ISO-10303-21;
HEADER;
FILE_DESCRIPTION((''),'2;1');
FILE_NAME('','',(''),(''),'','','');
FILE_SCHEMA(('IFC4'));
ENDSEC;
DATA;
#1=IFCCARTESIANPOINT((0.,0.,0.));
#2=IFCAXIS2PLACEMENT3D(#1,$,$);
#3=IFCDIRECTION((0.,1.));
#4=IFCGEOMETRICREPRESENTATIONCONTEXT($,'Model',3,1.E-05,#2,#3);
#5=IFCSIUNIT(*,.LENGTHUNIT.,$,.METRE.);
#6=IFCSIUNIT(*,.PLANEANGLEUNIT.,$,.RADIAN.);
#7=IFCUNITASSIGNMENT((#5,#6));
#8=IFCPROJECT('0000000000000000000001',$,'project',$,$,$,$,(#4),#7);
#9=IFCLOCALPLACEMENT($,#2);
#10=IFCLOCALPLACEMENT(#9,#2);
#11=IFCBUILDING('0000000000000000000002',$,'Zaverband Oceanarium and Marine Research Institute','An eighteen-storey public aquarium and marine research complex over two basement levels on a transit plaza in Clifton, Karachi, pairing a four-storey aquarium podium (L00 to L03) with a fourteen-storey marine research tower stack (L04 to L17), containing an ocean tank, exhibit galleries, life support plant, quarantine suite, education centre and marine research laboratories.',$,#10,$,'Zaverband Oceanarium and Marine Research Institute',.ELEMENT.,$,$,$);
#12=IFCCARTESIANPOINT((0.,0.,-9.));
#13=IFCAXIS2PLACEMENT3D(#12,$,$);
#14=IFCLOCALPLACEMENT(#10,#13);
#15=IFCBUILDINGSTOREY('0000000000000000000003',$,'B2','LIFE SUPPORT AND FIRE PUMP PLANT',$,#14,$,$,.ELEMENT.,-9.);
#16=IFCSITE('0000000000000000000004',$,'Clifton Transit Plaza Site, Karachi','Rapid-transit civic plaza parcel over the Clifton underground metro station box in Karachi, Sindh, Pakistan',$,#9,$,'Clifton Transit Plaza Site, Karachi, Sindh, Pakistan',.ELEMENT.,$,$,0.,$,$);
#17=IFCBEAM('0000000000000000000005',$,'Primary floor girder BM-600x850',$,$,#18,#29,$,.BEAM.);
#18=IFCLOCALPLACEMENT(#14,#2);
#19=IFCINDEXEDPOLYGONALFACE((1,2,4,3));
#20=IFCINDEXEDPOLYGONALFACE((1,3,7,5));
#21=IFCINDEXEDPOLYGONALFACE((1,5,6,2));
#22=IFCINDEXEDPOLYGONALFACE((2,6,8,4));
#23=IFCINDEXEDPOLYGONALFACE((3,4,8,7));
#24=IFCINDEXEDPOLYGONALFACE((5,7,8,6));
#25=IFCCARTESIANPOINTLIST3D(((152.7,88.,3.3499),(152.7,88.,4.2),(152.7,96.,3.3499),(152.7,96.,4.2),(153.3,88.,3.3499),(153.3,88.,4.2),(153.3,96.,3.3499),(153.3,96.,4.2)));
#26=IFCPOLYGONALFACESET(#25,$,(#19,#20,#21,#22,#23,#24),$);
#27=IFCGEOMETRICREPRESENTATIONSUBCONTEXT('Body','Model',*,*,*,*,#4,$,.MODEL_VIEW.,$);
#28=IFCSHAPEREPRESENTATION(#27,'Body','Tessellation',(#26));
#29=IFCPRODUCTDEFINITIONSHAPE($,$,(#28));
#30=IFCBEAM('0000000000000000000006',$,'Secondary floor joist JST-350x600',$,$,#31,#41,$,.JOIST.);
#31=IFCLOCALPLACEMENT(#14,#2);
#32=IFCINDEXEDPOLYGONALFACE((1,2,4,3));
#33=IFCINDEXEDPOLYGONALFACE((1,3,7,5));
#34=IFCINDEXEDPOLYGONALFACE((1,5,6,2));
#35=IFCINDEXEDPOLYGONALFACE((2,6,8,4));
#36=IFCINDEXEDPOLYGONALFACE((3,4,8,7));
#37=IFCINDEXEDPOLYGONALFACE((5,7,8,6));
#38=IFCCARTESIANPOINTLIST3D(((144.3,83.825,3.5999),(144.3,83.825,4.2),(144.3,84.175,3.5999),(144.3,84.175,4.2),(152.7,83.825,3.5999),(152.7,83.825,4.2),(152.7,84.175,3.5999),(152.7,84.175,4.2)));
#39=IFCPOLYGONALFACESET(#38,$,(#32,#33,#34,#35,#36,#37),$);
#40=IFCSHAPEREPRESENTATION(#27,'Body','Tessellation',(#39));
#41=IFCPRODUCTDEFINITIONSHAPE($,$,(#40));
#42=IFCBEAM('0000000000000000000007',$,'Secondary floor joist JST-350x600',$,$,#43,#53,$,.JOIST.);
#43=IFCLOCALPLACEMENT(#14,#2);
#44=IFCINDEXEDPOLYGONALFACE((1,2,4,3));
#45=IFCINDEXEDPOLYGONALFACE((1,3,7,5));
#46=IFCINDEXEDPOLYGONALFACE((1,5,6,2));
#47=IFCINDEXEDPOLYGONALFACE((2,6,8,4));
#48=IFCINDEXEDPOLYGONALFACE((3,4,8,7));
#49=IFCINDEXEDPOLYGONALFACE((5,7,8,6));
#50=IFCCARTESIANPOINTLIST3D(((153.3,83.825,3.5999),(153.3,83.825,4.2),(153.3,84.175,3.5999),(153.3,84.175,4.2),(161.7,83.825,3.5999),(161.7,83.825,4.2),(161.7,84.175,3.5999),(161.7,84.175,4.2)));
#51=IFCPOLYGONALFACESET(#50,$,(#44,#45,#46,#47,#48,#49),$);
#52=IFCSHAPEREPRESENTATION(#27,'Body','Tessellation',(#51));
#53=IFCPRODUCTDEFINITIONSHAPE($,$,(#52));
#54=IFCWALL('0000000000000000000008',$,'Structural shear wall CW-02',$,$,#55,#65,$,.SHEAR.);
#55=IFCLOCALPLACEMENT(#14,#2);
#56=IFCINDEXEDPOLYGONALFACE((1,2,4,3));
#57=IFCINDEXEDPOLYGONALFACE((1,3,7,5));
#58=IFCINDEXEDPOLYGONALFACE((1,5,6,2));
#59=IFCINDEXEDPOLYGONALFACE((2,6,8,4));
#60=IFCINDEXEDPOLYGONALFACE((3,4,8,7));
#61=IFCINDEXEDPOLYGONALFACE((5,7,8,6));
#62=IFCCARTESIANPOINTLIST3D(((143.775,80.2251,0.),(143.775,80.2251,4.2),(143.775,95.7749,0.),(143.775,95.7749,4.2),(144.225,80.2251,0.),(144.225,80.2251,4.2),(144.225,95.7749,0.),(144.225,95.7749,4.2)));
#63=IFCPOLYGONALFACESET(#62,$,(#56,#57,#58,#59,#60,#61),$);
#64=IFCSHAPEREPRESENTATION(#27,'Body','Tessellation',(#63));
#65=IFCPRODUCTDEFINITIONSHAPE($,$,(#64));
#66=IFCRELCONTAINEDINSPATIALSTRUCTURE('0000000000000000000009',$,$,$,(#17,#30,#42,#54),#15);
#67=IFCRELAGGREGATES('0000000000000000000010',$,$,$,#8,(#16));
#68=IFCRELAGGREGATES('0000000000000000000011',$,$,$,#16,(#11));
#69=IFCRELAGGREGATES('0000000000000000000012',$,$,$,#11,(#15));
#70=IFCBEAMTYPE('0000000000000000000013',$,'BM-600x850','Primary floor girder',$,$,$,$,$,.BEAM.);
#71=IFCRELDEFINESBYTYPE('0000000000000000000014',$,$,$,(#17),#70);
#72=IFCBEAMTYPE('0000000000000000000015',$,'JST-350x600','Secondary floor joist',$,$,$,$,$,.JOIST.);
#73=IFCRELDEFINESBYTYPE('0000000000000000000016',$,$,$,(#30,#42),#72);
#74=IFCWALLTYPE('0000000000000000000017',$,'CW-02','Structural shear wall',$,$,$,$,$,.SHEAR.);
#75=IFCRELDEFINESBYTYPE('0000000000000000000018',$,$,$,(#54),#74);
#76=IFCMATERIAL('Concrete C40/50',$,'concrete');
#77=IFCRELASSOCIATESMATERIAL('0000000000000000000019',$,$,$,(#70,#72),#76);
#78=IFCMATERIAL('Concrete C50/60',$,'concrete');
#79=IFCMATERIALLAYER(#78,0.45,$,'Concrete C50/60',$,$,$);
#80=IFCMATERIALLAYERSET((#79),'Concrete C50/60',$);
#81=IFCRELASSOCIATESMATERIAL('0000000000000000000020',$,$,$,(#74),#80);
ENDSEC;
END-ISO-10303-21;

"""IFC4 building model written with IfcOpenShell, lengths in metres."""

from ifc_helpers import new_model, si_unit, direction, frame, frame_2d, origin, origin_2d, place, context, subcontext, project, spatial, rectangle, extrude, material, layer, layer_set, material_profile, profile_set, type_object, element, save


model = new_model("IFC4")

# Units and contexts
model_context = context("Model", 3, precision=1e-05, world=origin(), true_north=direction((0.0, 1.0)))
body_context = subcontext(model_context, "Body", "Model", "MODEL_VIEW")
ifc_project = project(units=[si_unit("LENGTHUNIT", "METRE"), si_unit("PLANEANGLEUNIT", "RADIAN")], contexts=[model_context])

# Site, building, storey
site_placement = place(None, origin())
site = spatial("IfcSite", under=ifc_project, at=site_placement, Name="Clifton Transit Plaza Site, Karachi", Description="Rapid-transit civic plaza parcel over the Clifton underground metro station box in Karachi, Sindh, Pakistan", LongName="Clifton Transit Plaza Site, Karachi, Sindh, Pakistan", CompositionType="ELEMENT", RefElevation=0.0)
building_placement = place(site_placement, origin())
building = spatial("IfcBuilding", under=site, at=building_placement, Name="Zaverband Oceanarium and Marine Research Institute", Description="An eighteen-storey public aquarium and marine research complex over two basement levels on a transit plaza in Clifton, Karachi, pairing a four-storey aquarium podium (L00 to L03) with a fourteen-storey marine research tower stack (L04 to L17), containing an ocean tank, exhibit galleries, life support plant, quarantine suite, education centre and marine research laboratories.", LongName="Zaverband Oceanarium and Marine Research Institute", CompositionType="ELEMENT")
storey_placement = place(building_placement, frame((0.0, 0.0, -9.0)))
storey = spatial("IfcBuildingStorey", under=building, at=storey_placement, Name="B2", Description="LIFE SUPPORT AND FIRE PUMP PLANT", CompositionType="ELEMENT", Elevation=-9.0)

# Shared definitions
ifc_material_1 = material(Name="Concrete C50/60", Category="concrete")

# Beams
ifc_material_2 = material(Name="Concrete C40/50", Category="concrete")
ifc_material_profile_1 = material_profile(ifc_material_2, rectangle(XDim=0.6001, YDim=0.8501, at=origin_2d()), Name="RC600x850")
ifc_profile_set_1 = profile_set([ifc_material_profile_1], Name="Concrete C40/50")
beam_type_1 = type_object("IfcBeamType", Name="BM-600x850", Description="Primary floor girder", PredefinedType="BEAM", material=ifc_profile_set_1)
for number, where, z_axis, x_axis, name in (
    (1, (153.0, 88.0, 3.7749), (0.0, 1.0, 0.0), (-1.0, 0.0, 0.0), "Primary floor girder BM-600x850"),
):
    element("IfcBeam", number, at=place(storey_placement, frame(where, z_axis=z_axis, x_axis=x_axis)), inside=storey, type_object=beam_type_1, Name=name, PredefinedType="BEAM", context=body_context, shape_type="SweptSolid", body=[
        extrude(rectangle(XDim=0.6001, YDim=0.8501, at=origin_2d()), origin(), (0.0, 0.0, 1.0), 8.0),
    ])
ifc_material_profile_2 = material_profile(ifc_material_2, rectangle(XDim=0.3501, YDim=0.6001, at=origin_2d()), Name="RC350x600")
ifc_profile_set_2 = profile_set([ifc_material_profile_2], Name="Concrete C40/50")
beam_type_2 = type_object("IfcBeamType", Name="JST-350x600", Description="Secondary floor joist", PredefinedType="JOIST", material=ifc_profile_set_2)
for number, where, z_axis, x_axis, name in (
    (2, (144.3, 84.0, 3.8999), (1.0, 0.0, 0.0), (0.0, 1.0, 0.0), "Secondary floor joist JST-350x600"),
    (3, (153.3, 84.0, 3.8999), (1.0, 0.0, 0.0), (0.0, 1.0, 0.0), "Secondary floor joist JST-350x600"),
):
    element("IfcBeam", number, at=place(storey_placement, frame(where, z_axis=z_axis, x_axis=x_axis)), inside=storey, type_object=beam_type_2, Name=name, PredefinedType="JOIST", context=body_context, shape_type="SweptSolid", body=[
        extrude(rectangle(XDim=0.3501, YDim=0.6001, at=origin_2d()), origin(), (0.0, 0.0, 1.0), 8.3999),
    ])

# Wall
ifc_layer_1 = layer(ifc_material_1, 0.45, Name="Concrete C50/60")
ifc_layer_set_1 = layer_set([ifc_layer_1], Name="Concrete C50/60")
wall_type = type_object("IfcWallType", Name="CW-02", Description="Structural shear wall", PredefinedType="SHEAR", material=ifc_layer_set_1)
wall_placement = place(storey_placement, frame((144.0, 80.2251, 0.0), z_axis=(0.0, 0.0, 1.0), x_axis=(0.0, 1.0, 0.0)))
element("IfcWall", 4, at=wall_placement, inside=storey, type_object=wall_type, Name="Structural shear wall CW-02", PredefinedType="SHEAR", context=body_context, shape_type="SweptSolid", body=[
    extrude(rectangle(XDim=15.5498, YDim=0.45, at=frame_2d((7.7749, 0.0))), origin(), (0.0, 0.0, 1.0), 4.2),
])

save(model, "model.ifc")
